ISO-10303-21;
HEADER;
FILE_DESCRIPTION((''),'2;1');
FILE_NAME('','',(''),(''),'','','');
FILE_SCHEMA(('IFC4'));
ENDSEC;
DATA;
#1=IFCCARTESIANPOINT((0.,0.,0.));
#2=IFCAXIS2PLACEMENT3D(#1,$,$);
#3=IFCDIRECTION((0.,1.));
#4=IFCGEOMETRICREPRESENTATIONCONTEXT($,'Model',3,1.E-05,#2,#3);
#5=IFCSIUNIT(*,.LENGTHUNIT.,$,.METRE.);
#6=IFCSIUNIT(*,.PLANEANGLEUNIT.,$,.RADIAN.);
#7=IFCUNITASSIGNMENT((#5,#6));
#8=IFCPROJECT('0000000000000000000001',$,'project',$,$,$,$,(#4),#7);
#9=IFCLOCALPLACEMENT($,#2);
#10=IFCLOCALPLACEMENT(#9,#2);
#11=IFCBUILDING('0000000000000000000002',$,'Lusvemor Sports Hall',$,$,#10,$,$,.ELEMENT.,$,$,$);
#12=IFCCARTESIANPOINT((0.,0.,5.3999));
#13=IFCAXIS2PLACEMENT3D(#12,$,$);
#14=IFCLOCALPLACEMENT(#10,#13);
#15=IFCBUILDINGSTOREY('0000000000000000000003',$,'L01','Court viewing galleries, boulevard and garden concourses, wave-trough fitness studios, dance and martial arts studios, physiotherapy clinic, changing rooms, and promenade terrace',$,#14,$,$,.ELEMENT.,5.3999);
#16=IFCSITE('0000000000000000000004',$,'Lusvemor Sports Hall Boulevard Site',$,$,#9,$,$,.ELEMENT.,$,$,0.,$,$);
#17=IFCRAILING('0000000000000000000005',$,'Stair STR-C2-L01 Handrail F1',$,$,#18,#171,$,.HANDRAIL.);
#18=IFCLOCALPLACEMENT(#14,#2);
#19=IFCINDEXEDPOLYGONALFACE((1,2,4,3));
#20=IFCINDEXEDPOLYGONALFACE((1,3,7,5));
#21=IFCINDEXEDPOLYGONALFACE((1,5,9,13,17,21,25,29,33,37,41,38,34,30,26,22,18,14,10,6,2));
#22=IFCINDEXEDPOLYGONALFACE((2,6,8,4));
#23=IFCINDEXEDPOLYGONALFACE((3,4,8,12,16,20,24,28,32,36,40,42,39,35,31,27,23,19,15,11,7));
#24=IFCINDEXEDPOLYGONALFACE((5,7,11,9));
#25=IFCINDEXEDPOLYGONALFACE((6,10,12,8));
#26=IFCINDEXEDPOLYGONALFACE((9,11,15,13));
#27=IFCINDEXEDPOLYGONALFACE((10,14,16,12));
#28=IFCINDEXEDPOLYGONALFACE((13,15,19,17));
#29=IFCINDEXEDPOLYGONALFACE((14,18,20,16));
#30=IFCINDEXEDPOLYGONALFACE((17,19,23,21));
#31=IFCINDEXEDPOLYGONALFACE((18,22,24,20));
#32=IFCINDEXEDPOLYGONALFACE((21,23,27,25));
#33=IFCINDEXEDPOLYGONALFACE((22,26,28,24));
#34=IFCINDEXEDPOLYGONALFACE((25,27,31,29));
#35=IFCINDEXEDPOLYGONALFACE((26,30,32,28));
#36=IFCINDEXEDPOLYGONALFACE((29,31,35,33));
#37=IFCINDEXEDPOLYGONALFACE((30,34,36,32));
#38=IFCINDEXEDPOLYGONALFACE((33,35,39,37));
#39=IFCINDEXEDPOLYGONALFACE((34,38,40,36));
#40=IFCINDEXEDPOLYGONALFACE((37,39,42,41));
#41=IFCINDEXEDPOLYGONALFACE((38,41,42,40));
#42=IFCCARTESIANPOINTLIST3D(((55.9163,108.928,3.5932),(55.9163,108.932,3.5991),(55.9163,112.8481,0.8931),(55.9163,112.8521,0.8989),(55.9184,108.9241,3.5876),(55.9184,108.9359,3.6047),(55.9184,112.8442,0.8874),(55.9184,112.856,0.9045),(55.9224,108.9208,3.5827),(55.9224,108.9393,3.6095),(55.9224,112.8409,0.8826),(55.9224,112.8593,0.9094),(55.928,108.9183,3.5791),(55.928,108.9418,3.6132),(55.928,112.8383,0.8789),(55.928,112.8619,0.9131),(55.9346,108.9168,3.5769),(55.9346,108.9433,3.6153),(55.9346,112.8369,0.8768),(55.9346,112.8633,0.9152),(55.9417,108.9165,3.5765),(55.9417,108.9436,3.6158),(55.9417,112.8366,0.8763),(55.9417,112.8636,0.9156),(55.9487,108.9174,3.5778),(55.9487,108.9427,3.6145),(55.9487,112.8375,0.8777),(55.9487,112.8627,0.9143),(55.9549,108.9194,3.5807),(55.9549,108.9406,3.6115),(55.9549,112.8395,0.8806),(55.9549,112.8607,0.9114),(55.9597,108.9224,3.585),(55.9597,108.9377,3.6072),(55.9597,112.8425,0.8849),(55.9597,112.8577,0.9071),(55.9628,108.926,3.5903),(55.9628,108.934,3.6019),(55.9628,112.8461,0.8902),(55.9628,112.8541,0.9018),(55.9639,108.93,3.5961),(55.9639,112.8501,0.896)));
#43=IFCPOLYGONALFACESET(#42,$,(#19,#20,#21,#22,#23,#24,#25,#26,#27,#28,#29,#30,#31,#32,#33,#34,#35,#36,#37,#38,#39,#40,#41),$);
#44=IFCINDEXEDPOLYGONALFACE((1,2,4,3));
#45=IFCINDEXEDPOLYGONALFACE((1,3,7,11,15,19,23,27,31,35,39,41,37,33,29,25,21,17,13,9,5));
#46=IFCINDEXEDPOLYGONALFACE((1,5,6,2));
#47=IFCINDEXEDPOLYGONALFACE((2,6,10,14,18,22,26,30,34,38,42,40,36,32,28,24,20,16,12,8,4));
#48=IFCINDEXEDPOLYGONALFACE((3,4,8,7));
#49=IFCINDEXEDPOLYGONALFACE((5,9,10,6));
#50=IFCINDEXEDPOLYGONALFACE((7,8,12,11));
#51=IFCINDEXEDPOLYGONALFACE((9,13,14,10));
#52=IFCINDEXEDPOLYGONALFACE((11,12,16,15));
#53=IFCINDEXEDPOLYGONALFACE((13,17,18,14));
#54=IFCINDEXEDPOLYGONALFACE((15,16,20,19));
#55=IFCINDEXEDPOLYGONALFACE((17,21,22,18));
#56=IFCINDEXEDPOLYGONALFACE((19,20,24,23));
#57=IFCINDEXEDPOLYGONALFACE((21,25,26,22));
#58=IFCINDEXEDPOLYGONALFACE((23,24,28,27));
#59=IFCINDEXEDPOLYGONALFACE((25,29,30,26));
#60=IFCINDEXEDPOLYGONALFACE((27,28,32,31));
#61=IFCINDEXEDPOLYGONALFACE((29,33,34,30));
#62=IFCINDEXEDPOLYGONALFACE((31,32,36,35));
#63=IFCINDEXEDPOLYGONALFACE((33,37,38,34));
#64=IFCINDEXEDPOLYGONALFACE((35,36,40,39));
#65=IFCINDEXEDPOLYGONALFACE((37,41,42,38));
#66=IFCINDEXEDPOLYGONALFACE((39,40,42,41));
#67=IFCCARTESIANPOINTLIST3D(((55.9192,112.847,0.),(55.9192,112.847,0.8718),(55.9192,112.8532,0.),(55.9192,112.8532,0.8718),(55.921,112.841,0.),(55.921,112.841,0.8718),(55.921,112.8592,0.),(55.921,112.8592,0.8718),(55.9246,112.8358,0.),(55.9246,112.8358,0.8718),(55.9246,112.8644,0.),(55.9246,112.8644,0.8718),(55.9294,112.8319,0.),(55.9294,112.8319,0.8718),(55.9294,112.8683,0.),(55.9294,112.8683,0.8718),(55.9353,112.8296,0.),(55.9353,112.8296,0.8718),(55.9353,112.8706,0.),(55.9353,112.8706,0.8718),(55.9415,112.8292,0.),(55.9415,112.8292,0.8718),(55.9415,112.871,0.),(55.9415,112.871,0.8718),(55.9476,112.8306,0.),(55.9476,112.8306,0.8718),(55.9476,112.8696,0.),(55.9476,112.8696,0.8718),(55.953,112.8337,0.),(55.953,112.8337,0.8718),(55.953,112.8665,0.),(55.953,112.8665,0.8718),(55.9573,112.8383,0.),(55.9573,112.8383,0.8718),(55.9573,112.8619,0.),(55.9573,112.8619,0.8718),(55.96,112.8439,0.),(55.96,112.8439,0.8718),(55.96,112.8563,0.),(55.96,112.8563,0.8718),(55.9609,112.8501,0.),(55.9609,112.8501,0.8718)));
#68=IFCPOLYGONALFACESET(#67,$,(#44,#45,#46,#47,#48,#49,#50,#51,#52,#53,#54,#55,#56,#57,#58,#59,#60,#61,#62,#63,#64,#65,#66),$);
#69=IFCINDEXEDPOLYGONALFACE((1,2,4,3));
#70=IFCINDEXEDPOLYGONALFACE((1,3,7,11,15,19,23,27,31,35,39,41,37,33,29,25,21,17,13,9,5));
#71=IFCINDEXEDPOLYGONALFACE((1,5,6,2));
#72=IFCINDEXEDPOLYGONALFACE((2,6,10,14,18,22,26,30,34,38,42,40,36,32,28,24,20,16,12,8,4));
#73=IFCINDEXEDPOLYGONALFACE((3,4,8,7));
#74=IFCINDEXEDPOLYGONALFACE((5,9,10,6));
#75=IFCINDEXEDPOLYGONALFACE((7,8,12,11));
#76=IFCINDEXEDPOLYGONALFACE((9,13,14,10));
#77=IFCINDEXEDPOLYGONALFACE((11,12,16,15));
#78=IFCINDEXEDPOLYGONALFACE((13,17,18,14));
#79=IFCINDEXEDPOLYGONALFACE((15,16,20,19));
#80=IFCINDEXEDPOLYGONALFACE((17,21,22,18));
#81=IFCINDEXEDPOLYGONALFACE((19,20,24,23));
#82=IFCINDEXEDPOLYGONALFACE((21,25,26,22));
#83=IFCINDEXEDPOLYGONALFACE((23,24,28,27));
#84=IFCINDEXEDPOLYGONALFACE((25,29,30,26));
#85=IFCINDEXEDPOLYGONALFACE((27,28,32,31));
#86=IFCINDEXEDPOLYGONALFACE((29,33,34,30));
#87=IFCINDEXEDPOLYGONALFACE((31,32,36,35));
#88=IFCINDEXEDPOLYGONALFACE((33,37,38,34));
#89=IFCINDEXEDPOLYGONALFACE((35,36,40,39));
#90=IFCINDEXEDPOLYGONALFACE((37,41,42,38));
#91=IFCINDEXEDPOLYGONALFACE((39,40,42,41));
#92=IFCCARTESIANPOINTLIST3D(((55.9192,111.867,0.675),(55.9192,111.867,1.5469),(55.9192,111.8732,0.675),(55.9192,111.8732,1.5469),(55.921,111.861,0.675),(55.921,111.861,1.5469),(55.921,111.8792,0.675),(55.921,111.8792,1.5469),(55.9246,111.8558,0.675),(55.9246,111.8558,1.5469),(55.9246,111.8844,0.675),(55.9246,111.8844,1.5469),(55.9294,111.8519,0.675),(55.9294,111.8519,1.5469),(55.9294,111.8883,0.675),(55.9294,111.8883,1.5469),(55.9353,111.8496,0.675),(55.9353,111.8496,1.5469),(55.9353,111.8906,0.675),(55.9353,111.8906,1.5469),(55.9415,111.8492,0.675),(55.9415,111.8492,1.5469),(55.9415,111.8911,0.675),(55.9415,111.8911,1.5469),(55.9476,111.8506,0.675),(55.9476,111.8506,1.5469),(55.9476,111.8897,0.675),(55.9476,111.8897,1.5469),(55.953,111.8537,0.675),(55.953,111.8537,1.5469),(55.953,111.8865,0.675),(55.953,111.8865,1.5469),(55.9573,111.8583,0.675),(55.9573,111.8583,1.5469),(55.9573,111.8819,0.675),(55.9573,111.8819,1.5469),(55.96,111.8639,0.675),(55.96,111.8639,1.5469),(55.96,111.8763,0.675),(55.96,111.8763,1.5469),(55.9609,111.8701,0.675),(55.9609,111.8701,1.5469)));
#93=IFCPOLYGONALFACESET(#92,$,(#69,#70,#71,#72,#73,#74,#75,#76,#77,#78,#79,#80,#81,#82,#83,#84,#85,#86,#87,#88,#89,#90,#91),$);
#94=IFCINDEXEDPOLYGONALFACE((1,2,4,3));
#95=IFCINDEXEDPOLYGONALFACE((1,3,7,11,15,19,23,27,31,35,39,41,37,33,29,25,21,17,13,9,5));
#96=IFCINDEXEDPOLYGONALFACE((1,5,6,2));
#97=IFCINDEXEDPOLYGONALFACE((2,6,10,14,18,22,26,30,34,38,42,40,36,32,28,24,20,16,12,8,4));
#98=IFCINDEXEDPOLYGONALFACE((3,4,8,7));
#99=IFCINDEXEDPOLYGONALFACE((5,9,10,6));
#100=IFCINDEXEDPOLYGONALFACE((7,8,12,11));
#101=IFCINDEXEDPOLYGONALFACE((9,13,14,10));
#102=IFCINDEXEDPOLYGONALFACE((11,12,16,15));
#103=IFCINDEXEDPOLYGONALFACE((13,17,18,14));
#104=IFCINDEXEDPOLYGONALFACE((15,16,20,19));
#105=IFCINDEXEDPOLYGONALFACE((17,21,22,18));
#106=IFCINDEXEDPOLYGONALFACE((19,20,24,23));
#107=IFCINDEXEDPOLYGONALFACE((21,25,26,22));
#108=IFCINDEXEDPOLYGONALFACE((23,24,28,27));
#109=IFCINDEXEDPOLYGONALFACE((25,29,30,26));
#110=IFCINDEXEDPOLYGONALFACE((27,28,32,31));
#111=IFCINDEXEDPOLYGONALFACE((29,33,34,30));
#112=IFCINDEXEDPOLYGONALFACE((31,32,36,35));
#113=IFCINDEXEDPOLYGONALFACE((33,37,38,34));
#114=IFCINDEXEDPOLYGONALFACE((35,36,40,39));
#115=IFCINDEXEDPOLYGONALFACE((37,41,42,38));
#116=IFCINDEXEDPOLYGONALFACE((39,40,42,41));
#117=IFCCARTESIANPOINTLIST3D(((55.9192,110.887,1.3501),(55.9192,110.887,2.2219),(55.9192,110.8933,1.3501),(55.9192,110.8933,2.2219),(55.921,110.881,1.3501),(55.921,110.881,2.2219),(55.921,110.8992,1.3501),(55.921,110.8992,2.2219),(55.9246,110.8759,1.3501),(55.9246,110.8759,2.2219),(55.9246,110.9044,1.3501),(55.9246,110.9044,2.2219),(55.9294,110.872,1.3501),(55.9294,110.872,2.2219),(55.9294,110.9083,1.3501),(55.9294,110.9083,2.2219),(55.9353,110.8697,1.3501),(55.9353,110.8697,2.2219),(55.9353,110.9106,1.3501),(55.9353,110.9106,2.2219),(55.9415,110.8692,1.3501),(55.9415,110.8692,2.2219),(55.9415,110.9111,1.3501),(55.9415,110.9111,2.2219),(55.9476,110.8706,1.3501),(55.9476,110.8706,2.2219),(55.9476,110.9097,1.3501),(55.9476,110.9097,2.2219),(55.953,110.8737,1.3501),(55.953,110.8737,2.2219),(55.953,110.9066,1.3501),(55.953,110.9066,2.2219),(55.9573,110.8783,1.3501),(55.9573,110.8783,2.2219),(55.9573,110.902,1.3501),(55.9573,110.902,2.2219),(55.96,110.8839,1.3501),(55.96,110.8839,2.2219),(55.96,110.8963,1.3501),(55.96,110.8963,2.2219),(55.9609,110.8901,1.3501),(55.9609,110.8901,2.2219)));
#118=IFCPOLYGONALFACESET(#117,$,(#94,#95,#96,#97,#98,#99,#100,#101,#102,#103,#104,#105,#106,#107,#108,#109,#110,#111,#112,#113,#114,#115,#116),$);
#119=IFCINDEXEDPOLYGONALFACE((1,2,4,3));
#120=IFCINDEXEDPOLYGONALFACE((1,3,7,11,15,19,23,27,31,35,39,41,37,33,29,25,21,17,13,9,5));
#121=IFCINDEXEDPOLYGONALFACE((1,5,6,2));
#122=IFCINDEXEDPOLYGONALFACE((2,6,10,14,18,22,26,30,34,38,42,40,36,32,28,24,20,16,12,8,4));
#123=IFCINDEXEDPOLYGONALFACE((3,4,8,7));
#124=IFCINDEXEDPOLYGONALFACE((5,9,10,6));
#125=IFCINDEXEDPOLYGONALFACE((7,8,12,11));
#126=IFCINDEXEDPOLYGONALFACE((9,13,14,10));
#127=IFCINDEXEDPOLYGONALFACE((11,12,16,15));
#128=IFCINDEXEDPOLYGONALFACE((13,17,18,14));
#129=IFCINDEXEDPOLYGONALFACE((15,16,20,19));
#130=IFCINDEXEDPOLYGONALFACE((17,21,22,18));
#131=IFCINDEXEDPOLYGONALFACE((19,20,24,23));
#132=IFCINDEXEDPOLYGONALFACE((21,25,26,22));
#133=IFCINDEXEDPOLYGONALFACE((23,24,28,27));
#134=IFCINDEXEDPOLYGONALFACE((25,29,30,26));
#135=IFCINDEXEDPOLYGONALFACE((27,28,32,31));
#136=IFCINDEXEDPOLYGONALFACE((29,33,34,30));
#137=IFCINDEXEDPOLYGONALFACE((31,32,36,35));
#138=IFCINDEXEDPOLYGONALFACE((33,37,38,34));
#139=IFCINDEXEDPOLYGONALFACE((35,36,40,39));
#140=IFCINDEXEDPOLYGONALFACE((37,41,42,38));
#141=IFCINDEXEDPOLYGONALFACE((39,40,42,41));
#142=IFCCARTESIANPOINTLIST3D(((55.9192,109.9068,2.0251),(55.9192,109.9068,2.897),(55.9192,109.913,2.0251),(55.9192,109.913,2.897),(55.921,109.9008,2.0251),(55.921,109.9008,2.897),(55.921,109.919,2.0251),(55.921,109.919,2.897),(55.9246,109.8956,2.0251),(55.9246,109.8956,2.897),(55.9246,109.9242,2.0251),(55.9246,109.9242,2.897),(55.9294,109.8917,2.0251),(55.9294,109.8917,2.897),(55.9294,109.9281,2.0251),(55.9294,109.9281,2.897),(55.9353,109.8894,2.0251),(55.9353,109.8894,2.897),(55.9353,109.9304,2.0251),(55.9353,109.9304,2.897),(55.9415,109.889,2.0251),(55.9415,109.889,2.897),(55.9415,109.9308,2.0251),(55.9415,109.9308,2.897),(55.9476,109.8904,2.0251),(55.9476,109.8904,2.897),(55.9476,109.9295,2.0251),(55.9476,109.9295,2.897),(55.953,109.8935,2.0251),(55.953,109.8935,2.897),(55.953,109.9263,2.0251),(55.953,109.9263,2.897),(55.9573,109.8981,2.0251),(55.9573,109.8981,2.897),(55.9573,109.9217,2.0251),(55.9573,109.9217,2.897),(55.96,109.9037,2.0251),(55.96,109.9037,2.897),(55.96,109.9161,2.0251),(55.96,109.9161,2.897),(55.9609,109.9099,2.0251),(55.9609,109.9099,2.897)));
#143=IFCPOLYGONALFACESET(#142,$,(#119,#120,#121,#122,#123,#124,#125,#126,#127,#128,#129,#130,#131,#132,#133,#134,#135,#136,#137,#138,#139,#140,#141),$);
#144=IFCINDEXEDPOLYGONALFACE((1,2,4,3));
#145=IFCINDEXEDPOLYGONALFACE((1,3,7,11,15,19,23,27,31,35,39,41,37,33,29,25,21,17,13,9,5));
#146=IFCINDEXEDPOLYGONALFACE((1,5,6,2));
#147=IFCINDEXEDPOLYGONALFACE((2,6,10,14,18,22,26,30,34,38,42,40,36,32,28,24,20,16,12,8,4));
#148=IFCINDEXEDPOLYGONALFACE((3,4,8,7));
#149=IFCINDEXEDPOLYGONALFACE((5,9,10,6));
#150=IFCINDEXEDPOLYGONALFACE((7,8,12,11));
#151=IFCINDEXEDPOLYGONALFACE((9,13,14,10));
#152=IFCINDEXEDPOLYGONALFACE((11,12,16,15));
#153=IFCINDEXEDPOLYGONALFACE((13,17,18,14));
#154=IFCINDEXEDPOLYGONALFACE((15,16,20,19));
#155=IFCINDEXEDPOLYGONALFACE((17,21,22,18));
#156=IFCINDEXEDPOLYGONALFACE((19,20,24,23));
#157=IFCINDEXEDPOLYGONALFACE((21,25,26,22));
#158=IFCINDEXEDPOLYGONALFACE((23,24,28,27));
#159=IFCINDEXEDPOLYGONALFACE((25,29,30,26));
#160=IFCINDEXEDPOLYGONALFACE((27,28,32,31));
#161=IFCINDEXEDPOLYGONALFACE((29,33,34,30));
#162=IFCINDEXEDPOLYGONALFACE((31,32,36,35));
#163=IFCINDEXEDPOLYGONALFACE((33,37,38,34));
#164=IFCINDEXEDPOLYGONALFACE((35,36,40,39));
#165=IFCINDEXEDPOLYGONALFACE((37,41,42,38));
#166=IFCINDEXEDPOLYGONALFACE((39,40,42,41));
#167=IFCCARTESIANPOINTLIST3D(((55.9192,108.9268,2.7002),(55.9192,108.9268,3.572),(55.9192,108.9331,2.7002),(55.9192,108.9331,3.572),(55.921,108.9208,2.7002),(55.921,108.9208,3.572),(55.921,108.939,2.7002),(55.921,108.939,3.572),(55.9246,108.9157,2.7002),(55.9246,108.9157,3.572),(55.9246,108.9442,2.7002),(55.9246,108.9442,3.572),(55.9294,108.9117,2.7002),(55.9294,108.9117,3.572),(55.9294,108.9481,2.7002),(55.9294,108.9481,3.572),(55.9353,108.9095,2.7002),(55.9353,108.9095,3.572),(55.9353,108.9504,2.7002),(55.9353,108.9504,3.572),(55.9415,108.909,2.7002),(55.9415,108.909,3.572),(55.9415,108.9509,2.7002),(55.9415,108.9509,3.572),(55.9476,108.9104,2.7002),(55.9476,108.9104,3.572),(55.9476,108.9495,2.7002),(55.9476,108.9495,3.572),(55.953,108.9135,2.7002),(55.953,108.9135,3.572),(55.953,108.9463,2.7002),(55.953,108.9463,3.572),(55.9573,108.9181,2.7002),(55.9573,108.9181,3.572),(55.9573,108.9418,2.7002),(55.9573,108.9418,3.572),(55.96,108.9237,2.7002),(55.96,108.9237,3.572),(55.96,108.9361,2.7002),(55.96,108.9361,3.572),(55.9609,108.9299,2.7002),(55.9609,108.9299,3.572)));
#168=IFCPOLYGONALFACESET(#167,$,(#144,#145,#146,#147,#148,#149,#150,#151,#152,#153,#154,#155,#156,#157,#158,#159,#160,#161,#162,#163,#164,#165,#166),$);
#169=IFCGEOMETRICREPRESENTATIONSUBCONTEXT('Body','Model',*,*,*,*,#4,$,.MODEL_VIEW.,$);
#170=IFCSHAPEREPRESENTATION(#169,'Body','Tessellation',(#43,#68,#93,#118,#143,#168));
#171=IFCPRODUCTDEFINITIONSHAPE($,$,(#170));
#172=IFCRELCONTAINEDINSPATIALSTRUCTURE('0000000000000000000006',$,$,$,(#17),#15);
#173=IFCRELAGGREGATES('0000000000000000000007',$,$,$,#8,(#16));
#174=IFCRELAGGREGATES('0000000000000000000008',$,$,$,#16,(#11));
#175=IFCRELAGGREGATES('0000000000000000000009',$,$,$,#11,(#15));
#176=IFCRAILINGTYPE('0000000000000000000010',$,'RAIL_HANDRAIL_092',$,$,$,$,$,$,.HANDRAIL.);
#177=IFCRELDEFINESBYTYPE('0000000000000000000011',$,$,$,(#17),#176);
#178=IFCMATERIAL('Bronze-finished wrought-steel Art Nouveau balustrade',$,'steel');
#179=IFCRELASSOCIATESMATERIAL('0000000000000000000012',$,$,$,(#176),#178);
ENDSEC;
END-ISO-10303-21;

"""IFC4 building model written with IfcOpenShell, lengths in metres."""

from ifc_helpers import new_model, si_unit, direction, frame, origin, origin_2d, place, context, subcontext, project, spatial, circle, extrude, material, type_object, element, save


model = new_model("IFC4")

# Units and contexts
model_context = context("Model", 3, precision=1e-05, world=origin(), true_north=direction((0.0, 1.0)))
body_context = subcontext(model_context, "Body", "Model", "MODEL_VIEW")
ifc_project = project(units=[si_unit("LENGTHUNIT", "METRE"), si_unit("PLANEANGLEUNIT", "RADIAN")], contexts=[model_context])

# Site, building, storey
site_placement = place(None, origin())
site = spatial("IfcSite", under=ifc_project, at=site_placement, Name="Lusvemor Sports Hall Boulevard Site", CompositionType="ELEMENT", RefElevation=0.0)
building_placement = place(site_placement, origin())
building = spatial("IfcBuilding", under=site, at=building_placement, Name="Lusvemor Sports Hall", CompositionType="ELEMENT")
storey_placement = place(building_placement, frame((0.0, 0.0, 5.3999)))
storey = spatial("IfcBuildingStorey", under=building, at=storey_placement, Name="L01", Description="Court viewing galleries, boulevard and garden concourses, wave-trough fitness studios, dance and martial arts studios, physiotherapy clinic, changing rooms, and promenade terrace", CompositionType="ELEMENT", Elevation=5.3999)

# Railing
ifc_material_1 = material(Name="Bronze-finished wrought-steel Art Nouveau balustrade", Category="steel")
railing_type_1 = type_object("IfcRailingType", Name="RAIL_HANDRAIL_092", PredefinedType="HANDRAIL", material=ifc_material_1)
railing_1_placement = place(storey_placement, frame((55.9399, 112.8501, 0.0)))
element("IfcRailing", 1, at=railing_1_placement, inside=storey, type_object=railing_type_1, Name="Stair STR-C2-L01 Handrail F1", PredefinedType="HANDRAIL", context=body_context, shape_type="SweptSolid", body=[
    extrude(circle(Radius=0.0239, at=origin_2d()), frame((0.0, 0.0, 0.896), z_axis=(0.0, -0.823543, 0.567253), x_axis=(1.0, 0.0, 0.0)), (0.0, 0.0, 1.0), 4.76),
    extrude(circle(Radius=0.021, at=origin_2d()), origin(), (0.0, 0.0, 1.0), 0.8718),
    extrude(circle(Radius=0.021, at=origin_2d()), frame((0.0, -0.98, 0.675)), (0.0, 0.0, 1.0), 0.8718),
    extrude(circle(Radius=0.021, at=origin_2d()), frame((0.0, -1.96, 1.3501)), (0.0, 0.0, 1.0), 0.8718),
    extrude(circle(Radius=0.021, at=origin_2d()), frame((0.0, -2.9402, 2.0251)), (0.0, 0.0, 1.0), 0.8718),
    extrude(circle(Radius=0.021, at=origin_2d()), frame((0.0, -3.9202, 2.7002)), (0.0, 0.0, 1.0), 0.8718),
])

save(model, "model.ifc")
